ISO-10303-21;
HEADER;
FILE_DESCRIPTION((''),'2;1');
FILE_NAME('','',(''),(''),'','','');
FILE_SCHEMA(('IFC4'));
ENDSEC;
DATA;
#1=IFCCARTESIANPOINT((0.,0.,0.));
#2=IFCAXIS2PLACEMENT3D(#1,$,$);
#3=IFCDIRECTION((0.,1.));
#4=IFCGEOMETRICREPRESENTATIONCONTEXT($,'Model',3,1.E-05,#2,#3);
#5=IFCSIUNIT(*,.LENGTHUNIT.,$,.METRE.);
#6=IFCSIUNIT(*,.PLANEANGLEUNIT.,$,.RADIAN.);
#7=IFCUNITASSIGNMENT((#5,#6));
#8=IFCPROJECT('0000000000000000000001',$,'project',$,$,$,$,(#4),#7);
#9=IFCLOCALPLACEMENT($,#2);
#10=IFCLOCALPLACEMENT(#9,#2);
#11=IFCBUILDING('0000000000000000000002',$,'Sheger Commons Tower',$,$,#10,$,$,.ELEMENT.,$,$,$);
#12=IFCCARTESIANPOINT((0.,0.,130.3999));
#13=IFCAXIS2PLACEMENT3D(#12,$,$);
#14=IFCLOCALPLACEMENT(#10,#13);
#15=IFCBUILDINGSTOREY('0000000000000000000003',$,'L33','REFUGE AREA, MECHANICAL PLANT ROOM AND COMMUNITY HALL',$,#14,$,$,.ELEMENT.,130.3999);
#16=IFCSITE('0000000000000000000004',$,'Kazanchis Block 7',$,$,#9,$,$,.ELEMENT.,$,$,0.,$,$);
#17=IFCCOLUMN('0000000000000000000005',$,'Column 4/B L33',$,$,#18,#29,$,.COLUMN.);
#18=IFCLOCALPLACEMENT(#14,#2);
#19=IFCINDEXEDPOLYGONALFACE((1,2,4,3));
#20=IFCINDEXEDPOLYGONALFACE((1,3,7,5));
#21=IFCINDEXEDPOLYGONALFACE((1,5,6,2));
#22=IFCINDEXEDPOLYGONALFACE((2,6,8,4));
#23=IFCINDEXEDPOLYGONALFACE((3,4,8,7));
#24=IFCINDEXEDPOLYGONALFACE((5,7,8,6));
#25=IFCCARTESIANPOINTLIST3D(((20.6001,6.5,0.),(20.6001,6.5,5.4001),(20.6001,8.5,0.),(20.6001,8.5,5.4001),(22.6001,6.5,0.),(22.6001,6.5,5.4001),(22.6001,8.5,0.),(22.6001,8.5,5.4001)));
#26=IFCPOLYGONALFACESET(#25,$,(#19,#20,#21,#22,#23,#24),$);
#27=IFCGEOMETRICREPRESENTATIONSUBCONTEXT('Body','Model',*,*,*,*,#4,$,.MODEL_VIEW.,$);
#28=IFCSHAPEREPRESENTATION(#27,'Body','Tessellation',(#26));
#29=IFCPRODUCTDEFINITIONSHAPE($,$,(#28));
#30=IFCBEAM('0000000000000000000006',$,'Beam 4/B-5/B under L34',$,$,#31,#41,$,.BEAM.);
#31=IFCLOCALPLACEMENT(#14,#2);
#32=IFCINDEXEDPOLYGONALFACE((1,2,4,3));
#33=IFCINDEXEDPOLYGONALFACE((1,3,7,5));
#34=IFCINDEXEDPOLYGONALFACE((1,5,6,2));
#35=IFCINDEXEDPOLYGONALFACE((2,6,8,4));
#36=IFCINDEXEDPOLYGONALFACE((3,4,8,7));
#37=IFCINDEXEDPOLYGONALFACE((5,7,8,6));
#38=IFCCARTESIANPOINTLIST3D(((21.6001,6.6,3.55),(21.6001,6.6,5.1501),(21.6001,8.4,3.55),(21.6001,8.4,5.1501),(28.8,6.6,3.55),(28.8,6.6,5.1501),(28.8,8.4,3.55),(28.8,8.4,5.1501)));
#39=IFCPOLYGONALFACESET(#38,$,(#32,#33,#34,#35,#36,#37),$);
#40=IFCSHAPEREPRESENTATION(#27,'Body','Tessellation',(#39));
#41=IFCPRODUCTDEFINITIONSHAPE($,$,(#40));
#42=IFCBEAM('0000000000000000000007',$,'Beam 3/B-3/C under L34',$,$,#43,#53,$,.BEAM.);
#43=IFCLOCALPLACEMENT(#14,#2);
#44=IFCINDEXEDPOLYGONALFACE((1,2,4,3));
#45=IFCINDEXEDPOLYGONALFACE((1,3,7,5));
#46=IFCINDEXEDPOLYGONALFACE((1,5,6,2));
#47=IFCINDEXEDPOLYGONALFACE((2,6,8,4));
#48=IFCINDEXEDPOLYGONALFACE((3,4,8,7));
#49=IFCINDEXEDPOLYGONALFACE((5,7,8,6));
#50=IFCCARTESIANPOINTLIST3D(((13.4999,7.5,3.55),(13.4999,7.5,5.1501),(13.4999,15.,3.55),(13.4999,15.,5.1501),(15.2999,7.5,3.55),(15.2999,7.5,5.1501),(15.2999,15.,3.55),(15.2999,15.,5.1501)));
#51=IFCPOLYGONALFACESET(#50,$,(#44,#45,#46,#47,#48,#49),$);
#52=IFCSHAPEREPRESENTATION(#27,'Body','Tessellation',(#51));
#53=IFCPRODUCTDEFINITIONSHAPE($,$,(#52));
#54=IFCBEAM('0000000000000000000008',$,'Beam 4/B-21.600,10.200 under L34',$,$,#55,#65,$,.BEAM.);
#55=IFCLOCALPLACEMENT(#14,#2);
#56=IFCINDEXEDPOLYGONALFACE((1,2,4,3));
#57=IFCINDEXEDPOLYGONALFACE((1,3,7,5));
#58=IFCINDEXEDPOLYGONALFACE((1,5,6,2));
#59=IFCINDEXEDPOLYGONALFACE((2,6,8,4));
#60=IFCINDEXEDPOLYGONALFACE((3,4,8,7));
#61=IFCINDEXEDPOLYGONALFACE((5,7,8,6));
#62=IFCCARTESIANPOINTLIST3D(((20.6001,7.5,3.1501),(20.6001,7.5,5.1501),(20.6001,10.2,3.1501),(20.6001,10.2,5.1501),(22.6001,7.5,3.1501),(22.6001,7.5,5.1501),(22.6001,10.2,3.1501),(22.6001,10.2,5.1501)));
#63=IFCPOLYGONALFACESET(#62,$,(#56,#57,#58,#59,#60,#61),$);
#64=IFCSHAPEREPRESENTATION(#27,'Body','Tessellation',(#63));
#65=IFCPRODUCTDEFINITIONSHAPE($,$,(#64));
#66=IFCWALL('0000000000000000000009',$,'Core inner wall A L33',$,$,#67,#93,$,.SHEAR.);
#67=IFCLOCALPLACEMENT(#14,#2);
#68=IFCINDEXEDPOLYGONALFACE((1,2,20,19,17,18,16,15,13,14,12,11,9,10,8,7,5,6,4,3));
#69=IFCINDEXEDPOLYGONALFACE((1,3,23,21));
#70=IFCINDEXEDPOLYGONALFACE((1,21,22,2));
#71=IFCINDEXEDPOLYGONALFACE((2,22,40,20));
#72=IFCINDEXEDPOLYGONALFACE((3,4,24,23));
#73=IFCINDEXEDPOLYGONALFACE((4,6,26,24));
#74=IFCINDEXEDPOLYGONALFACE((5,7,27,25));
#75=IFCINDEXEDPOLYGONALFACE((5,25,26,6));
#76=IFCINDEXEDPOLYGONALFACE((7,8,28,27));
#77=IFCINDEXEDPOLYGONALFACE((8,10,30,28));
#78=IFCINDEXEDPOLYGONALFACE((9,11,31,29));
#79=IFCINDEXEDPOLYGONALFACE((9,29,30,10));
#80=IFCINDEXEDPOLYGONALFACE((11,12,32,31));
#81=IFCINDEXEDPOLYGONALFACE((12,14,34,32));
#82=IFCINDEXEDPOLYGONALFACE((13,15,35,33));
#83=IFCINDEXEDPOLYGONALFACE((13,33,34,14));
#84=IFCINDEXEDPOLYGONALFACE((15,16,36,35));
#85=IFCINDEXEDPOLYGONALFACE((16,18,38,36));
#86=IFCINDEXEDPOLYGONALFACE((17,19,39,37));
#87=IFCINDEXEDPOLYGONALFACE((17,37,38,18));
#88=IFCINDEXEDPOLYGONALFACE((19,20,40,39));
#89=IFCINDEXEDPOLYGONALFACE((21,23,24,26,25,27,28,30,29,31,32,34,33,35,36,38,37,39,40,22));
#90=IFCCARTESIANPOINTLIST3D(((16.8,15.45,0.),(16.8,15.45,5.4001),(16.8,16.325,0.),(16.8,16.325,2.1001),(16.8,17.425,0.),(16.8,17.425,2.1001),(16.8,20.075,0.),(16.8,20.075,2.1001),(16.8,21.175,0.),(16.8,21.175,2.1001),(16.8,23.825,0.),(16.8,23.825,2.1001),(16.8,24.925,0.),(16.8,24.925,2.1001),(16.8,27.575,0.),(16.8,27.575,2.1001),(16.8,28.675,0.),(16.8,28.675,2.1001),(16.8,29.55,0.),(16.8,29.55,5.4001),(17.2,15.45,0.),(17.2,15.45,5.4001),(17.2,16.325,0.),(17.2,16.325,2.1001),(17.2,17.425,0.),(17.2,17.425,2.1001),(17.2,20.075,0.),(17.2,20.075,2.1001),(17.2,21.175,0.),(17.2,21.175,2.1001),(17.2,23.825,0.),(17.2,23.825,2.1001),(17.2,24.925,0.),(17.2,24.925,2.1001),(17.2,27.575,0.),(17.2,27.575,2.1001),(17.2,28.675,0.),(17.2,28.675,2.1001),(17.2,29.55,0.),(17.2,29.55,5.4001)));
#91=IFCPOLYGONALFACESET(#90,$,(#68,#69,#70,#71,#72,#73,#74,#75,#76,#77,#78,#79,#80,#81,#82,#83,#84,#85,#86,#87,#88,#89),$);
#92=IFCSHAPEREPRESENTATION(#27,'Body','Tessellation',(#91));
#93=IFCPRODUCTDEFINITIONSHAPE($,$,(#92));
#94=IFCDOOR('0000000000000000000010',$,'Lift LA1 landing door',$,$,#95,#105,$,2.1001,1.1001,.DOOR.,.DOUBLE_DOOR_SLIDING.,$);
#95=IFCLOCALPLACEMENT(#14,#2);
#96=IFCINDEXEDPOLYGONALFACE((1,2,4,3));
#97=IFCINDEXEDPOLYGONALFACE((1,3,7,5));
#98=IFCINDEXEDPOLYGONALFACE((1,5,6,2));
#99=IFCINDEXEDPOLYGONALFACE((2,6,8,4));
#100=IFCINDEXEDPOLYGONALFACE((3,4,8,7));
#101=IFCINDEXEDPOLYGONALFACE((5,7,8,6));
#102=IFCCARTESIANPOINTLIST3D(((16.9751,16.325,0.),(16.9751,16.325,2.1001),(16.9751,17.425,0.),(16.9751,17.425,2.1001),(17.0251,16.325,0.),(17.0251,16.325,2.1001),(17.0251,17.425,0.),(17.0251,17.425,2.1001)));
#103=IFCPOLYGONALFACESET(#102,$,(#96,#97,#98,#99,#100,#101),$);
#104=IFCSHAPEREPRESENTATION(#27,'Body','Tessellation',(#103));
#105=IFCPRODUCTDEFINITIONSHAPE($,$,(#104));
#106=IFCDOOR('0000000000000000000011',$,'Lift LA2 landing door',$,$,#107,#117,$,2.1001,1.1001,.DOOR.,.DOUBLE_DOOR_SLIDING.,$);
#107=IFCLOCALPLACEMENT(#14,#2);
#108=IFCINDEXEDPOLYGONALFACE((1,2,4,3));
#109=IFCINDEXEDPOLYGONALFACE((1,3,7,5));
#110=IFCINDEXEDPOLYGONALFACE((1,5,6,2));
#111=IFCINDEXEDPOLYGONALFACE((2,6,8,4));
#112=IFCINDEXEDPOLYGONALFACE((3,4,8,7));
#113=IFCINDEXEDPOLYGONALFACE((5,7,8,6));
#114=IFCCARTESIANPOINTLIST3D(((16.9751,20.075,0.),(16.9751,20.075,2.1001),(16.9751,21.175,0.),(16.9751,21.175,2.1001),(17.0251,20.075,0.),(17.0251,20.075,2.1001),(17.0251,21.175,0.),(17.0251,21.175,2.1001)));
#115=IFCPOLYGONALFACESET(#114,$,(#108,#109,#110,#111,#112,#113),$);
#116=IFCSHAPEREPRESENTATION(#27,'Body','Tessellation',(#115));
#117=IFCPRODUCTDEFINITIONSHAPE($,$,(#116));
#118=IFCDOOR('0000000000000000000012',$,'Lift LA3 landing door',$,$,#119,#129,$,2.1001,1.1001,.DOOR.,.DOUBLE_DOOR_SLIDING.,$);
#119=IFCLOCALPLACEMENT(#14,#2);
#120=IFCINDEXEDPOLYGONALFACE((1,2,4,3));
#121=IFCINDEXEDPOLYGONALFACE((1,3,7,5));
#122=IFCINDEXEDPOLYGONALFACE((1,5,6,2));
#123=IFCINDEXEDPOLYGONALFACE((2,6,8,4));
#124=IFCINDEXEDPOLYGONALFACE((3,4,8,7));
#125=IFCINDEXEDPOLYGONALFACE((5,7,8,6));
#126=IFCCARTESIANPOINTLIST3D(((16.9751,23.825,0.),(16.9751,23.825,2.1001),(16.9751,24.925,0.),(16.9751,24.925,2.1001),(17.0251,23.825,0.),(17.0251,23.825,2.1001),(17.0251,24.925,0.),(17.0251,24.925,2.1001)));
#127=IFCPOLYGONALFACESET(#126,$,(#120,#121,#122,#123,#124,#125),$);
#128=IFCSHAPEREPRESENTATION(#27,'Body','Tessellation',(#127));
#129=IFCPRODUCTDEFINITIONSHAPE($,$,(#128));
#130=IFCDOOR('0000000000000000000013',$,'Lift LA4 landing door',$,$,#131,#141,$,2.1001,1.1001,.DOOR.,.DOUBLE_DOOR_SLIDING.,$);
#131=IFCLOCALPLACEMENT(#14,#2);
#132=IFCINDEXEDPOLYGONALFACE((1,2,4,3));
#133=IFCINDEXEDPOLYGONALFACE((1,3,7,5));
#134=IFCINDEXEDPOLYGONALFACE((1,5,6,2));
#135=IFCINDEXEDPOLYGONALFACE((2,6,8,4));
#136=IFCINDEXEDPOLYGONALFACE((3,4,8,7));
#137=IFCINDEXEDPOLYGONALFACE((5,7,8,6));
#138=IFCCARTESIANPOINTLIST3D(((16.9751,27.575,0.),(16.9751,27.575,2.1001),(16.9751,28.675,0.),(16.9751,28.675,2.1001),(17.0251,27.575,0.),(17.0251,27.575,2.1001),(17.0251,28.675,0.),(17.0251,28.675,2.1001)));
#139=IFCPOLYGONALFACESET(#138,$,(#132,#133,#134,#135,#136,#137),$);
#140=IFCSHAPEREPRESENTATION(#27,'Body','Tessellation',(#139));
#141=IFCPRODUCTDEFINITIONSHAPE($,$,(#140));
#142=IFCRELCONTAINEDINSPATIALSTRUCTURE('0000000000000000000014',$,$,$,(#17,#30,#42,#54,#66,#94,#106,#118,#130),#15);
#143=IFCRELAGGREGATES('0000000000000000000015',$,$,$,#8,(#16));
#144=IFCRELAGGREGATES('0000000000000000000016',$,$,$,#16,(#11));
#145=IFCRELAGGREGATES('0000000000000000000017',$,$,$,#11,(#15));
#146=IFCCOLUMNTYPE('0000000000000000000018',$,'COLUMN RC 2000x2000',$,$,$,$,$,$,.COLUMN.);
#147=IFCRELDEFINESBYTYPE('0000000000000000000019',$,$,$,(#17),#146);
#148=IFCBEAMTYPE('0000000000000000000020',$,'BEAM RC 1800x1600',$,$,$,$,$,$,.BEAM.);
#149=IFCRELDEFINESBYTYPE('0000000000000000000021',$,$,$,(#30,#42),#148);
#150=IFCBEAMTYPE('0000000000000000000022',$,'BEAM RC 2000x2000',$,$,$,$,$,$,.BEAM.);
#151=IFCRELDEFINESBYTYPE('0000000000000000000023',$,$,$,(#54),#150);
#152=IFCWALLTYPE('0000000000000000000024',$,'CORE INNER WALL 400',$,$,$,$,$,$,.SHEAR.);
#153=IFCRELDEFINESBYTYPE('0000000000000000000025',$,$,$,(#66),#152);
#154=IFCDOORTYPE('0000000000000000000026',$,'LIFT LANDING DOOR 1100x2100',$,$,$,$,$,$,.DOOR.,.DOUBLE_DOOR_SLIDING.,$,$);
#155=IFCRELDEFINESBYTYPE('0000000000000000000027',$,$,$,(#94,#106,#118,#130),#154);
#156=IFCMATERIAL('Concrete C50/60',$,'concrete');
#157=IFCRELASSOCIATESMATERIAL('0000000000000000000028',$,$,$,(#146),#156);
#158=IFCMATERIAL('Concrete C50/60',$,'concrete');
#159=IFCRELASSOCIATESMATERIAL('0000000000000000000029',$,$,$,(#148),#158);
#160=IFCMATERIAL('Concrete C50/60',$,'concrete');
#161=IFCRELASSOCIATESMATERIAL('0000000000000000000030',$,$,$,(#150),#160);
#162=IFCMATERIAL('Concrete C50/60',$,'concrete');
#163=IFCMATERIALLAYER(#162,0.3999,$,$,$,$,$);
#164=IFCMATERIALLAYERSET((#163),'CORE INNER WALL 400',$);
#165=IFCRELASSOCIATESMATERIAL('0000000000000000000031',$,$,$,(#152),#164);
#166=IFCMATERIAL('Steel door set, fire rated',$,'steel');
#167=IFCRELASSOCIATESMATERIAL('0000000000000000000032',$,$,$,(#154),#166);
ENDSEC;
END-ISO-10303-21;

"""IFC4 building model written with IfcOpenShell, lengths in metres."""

from ifc_helpers import new_model, si_unit, direction, frame, frame_2d, origin, origin_2d, place, context, subcontext, project, spatial, rectangle, extrude, material, layer, layer_set, material_profile, profile_set, type_object, element, fill, save


model = new_model("IFC4")

# Units and contexts
model_context = context("Model", 3, precision=1e-05, world=origin(), true_north=direction((0.0, 1.0)))
body_context = subcontext(model_context, "Body", "Model", "MODEL_VIEW")
ifc_project = project(units=[si_unit("LENGTHUNIT", "METRE"), si_unit("PLANEANGLEUNIT", "RADIAN")], contexts=[model_context])

# Site, building, storey
site_placement = place(None, origin())
site = spatial("IfcSite", under=ifc_project, at=site_placement, Name="Kazanchis Block 7", CompositionType="ELEMENT", RefElevation=0.0)
building_placement = place(site_placement, origin())
building = spatial("IfcBuilding", under=site, at=building_placement, Name="Sheger Commons Tower", CompositionType="ELEMENT")
storey_placement = place(building_placement, frame((0.0, 0.0, 130.3999)))
storey = spatial("IfcBuildingStorey", under=building, at=storey_placement, Name="L33", Description="REFUGE AREA, MECHANICAL PLANT ROOM AND COMMUNITY HALL", CompositionType="ELEMENT", Elevation=130.3999)

# Column
ifc_material_1 = material(Name="Concrete C50/60", Category="concrete")
ifc_material_profile_1 = material_profile(ifc_material_1, rectangle(XDim=2.0, YDim=2.0, at=origin_2d()), Name="RC 2000x2000")
ifc_profile_set_1 = profile_set([ifc_material_profile_1], Name="Concrete C50/60")
column_type = type_object("IfcColumnType", Name="COLUMN RC 2000x2000", PredefinedType="COLUMN", material=ifc_profile_set_1)
column_placement = place(storey_placement, frame((21.6001, 7.5, 0.0), z_axis=(0.0, 0.0, 1.0), x_axis=(1.0, 0.0, 0.0)))
element("IfcColumn", 1, at=column_placement, inside=storey, type_object=column_type, Name="Column 4/B L33", PredefinedType="COLUMN", context=body_context, shape_type="SweptSolid", body=[
    extrude(rectangle(XDim=2.0, YDim=2.0, at=origin_2d()), origin(), (0.0, 0.0, 1.0), 5.4001),
])

# Beams
ifc_material_2 = material(Name="Concrete C50/60", Category="concrete")
ifc_material_profile_2 = material_profile(ifc_material_2, rectangle(XDim=1.8, YDim=1.6001, at=origin_2d()), Name="RC 1800x1600")
ifc_profile_set_2 = profile_set([ifc_material_profile_2], Name="Concrete C50/60")
beam_type_1 = type_object("IfcBeamType", Name="BEAM RC 1800x1600", PredefinedType="BEAM", material=ifc_profile_set_2)
beam_1_placement = place(storey_placement, frame((21.6001, 7.5, 4.3501), z_axis=(1.0, 0.0, 0.0), x_axis=(0.0, 1.0, 0.0)))
element("IfcBeam", 2, at=beam_1_placement, inside=storey, type_object=beam_type_1, Name="Beam 4/B-5/B under L34", PredefinedType="BEAM", context=body_context, shape_type="SweptSolid", body=[
    extrude(rectangle(XDim=1.8, YDim=1.6001, at=origin_2d()), origin(), (0.0, 0.0, 1.0), 7.2),
])
beam_2_placement = place(storey_placement, frame((14.3999, 7.5, 4.3501), z_axis=(0.0, 1.0, 0.0), x_axis=(-1.0, 0.0, 0.0)))
element("IfcBeam", 3, at=beam_2_placement, inside=storey, type_object=beam_type_1, Name="Beam 3/B-3/C under L34", PredefinedType="BEAM", context=body_context, shape_type="SweptSolid", body=[
    extrude(rectangle(XDim=1.8, YDim=1.6001, at=origin_2d()), origin(), (0.0, 0.0, 1.0), 7.5),
])
ifc_material_3 = material(Name="Concrete C50/60", Category="concrete")
ifc_material_profile_3 = material_profile(ifc_material_3, rectangle(XDim=2.0, YDim=2.0, at=origin_2d()), Name="RC 2000x2000")
ifc_profile_set_3 = profile_set([ifc_material_profile_3], Name="Concrete C50/60")
beam_type_2 = type_object("IfcBeamType", Name="BEAM RC 2000x2000", PredefinedType="BEAM", material=ifc_profile_set_3)
beam_3_placement = place(storey_placement, frame((21.6001, 7.5, 4.1501), z_axis=(0.0, 1.0, 0.0), x_axis=(-1.0, 0.0, 0.0)))
element("IfcBeam", 4, at=beam_3_placement, inside=storey, type_object=beam_type_2, Name="Beam 4/B-21.600,10.200 under L34", PredefinedType="BEAM", context=body_context, shape_type="SweptSolid", body=[
    extrude(rectangle(XDim=2.0, YDim=2.0, at=origin_2d()), origin(), (0.0, 0.0, 1.0), 2.7),
])

# Wall, openings, doors
ifc_material_4 = material(Name="Concrete C50/60", Category="concrete")
ifc_layer_1 = layer(ifc_material_4, 0.3999)
ifc_layer_set_1 = layer_set([ifc_layer_1], Name="CORE INNER WALL 400")
wall_type_1 = type_object("IfcWallType", Name="CORE INNER WALL 400", PredefinedType="SHEAR", material=ifc_layer_set_1)
wall_1_placement = place(storey_placement, frame((17.0, 15.45, 0.0), z_axis=(0.0, 0.0, 1.0), x_axis=(0.0, 1.0, 0.0)))
wall_1 = element("IfcWall", 5, at=wall_1_placement, inside=storey, type_object=wall_type_1, Name="Core inner wall A L33", PredefinedType="SHEAR", context=body_context, shape_type="SweptSolid", body=[
    extrude(rectangle(XDim=14.1001, YDim=0.3999, at=frame_2d((7.05, 0.0))), origin(), (0.0, 0.0, 1.0), 5.4001),
])
opening_1_placement = place(wall_1_placement, frame((0.875, 0.0, 0.0)))
opening_1 = element("IfcOpeningElement", 6, at=opening_1_placement, cuts=wall_1, PredefinedType="OPENING", context=body_context, shape_type="SweptSolid", body=[
    extrude(rectangle(XDim=1.1001, YDim=2.1001, at=frame_2d((0.55, 1.05))), frame((0.0, 0.21, 0.0), z_axis=(0.0, -1.0, 0.0), x_axis=(1.0, 0.0, 0.0)), (0.0, 0.0, 1.0), 0.4199),
])
opening_2_placement = place(wall_1_placement, frame((4.625, 0.0, 0.0)))
opening_2 = element("IfcOpeningElement", 7, at=opening_2_placement, cuts=wall_1, PredefinedType="OPENING", context=body_context, shape_type="SweptSolid", body=[
    extrude(rectangle(XDim=1.1001, YDim=2.1001, at=frame_2d((0.55, 1.05))), frame((0.0, 0.21, 0.0), z_axis=(0.0, -1.0, 0.0), x_axis=(1.0, 0.0, 0.0)), (0.0, 0.0, 1.0), 0.4199),
])
opening_3_placement = place(wall_1_placement, frame((8.375, 0.0, 0.0)))
opening_3 = element("IfcOpeningElement", 8, at=opening_3_placement, cuts=wall_1, PredefinedType="OPENING", context=body_context, shape_type="SweptSolid", body=[
    extrude(rectangle(XDim=1.1001, YDim=2.1001, at=frame_2d((0.55, 1.05))), frame((0.0, 0.21, 0.0), z_axis=(0.0, -1.0, 0.0), x_axis=(1.0, 0.0, 0.0)), (0.0, 0.0, 1.0), 0.4199),
])
opening_4_placement = place(wall_1_placement, frame((12.125, 0.0, 0.0)))
opening_4 = element("IfcOpeningElement", 9, at=opening_4_placement, cuts=wall_1, PredefinedType="OPENING", context=body_context, shape_type="SweptSolid", body=[
    extrude(rectangle(XDim=1.1001, YDim=2.1001, at=frame_2d((0.55, 1.05))), frame((0.0, 0.21, 0.0), z_axis=(0.0, -1.0, 0.0), x_axis=(1.0, 0.0, 0.0)), (0.0, 0.0, 1.0), 0.4199),
])
ifc_material_5 = material(Name="Steel door set, fire rated", Category="steel")
door_type_1 = type_object("IfcDoorType", Name="LIFT LANDING DOOR 1100x2100", OperationType="DOUBLE_DOOR_SLIDING", PredefinedType="DOOR", material=ifc_material_5)
door_1_placement = place(opening_1_placement, origin())
door_1 = element("IfcDoor", 10, at=door_1_placement, inside=storey, type_object=door_type_1, Name="Lift LA1 landing door", OperationType="DOUBLE_DOOR_SLIDING", OverallHeight=2.1001, OverallWidth=1.1001, PredefinedType="DOOR", context=body_context, shape_type="SweptSolid", body=[
    extrude(rectangle(XDim=1.1001, YDim=2.1001, at=frame_2d((0.55, 1.05))), frame((0.0, 0.0249, 0.0), z_axis=(0.0, -1.0, 0.0), x_axis=(1.0, 0.0, 0.0)), (0.0, 0.0, 1.0), 0.05),
])
fill(opening_1, door_1)
door_2_placement = place(opening_2_placement, origin())
door_2 = element("IfcDoor", 11, at=door_2_placement, inside=storey, type_object=door_type_1, Name="Lift LA2 landing door", OperationType="DOUBLE_DOOR_SLIDING", OverallHeight=2.1001, OverallWidth=1.1001, PredefinedType="DOOR", context=body_context, shape_type="SweptSolid", body=[
    extrude(rectangle(XDim=1.1001, YDim=2.1001, at=frame_2d((0.55, 1.05))), frame((0.0, 0.0249, 0.0), z_axis=(0.0, -1.0, 0.0), x_axis=(1.0, 0.0, 0.0)), (0.0, 0.0, 1.0), 0.05),
])
fill(opening_2, door_2)
door_3_placement = place(opening_3_placement, origin())
door_3 = element("IfcDoor", 12, at=door_3_placement, inside=storey, type_object=door_type_1, Name="Lift LA3 landing door", OperationType="DOUBLE_DOOR_SLIDING", OverallHeight=2.1001, OverallWidth=1.1001, PredefinedType="DOOR", context=body_context, shape_type="SweptSolid", body=[
    extrude(rectangle(XDim=1.1001, YDim=2.1001, at=frame_2d((0.55, 1.05))), frame((0.0, 0.0249, 0.0), z_axis=(0.0, -1.0, 0.0), x_axis=(1.0, 0.0, 0.0)), (0.0, 0.0, 1.0), 0.05),
])
fill(opening_3, door_3)
door_4_placement = place(opening_4_placement, origin())
door_4 = element("IfcDoor", 13, at=door_4_placement, inside=storey, type_object=door_type_1, Name="Lift LA4 landing door", OperationType="DOUBLE_DOOR_SLIDING", OverallHeight=2.1001, OverallWidth=1.1001, PredefinedType="DOOR", context=body_context, shape_type="SweptSolid", body=[
    extrude(rectangle(XDim=1.1001, YDim=2.1001, at=frame_2d((0.55, 1.05))), frame((0.0, 0.0249, 0.0), z_axis=(0.0, -1.0, 0.0), x_axis=(1.0, 0.0, 0.0)), (0.0, 0.0, 1.0), 0.05),
])
fill(opening_4, door_4)

save(model, "model.ifc")
